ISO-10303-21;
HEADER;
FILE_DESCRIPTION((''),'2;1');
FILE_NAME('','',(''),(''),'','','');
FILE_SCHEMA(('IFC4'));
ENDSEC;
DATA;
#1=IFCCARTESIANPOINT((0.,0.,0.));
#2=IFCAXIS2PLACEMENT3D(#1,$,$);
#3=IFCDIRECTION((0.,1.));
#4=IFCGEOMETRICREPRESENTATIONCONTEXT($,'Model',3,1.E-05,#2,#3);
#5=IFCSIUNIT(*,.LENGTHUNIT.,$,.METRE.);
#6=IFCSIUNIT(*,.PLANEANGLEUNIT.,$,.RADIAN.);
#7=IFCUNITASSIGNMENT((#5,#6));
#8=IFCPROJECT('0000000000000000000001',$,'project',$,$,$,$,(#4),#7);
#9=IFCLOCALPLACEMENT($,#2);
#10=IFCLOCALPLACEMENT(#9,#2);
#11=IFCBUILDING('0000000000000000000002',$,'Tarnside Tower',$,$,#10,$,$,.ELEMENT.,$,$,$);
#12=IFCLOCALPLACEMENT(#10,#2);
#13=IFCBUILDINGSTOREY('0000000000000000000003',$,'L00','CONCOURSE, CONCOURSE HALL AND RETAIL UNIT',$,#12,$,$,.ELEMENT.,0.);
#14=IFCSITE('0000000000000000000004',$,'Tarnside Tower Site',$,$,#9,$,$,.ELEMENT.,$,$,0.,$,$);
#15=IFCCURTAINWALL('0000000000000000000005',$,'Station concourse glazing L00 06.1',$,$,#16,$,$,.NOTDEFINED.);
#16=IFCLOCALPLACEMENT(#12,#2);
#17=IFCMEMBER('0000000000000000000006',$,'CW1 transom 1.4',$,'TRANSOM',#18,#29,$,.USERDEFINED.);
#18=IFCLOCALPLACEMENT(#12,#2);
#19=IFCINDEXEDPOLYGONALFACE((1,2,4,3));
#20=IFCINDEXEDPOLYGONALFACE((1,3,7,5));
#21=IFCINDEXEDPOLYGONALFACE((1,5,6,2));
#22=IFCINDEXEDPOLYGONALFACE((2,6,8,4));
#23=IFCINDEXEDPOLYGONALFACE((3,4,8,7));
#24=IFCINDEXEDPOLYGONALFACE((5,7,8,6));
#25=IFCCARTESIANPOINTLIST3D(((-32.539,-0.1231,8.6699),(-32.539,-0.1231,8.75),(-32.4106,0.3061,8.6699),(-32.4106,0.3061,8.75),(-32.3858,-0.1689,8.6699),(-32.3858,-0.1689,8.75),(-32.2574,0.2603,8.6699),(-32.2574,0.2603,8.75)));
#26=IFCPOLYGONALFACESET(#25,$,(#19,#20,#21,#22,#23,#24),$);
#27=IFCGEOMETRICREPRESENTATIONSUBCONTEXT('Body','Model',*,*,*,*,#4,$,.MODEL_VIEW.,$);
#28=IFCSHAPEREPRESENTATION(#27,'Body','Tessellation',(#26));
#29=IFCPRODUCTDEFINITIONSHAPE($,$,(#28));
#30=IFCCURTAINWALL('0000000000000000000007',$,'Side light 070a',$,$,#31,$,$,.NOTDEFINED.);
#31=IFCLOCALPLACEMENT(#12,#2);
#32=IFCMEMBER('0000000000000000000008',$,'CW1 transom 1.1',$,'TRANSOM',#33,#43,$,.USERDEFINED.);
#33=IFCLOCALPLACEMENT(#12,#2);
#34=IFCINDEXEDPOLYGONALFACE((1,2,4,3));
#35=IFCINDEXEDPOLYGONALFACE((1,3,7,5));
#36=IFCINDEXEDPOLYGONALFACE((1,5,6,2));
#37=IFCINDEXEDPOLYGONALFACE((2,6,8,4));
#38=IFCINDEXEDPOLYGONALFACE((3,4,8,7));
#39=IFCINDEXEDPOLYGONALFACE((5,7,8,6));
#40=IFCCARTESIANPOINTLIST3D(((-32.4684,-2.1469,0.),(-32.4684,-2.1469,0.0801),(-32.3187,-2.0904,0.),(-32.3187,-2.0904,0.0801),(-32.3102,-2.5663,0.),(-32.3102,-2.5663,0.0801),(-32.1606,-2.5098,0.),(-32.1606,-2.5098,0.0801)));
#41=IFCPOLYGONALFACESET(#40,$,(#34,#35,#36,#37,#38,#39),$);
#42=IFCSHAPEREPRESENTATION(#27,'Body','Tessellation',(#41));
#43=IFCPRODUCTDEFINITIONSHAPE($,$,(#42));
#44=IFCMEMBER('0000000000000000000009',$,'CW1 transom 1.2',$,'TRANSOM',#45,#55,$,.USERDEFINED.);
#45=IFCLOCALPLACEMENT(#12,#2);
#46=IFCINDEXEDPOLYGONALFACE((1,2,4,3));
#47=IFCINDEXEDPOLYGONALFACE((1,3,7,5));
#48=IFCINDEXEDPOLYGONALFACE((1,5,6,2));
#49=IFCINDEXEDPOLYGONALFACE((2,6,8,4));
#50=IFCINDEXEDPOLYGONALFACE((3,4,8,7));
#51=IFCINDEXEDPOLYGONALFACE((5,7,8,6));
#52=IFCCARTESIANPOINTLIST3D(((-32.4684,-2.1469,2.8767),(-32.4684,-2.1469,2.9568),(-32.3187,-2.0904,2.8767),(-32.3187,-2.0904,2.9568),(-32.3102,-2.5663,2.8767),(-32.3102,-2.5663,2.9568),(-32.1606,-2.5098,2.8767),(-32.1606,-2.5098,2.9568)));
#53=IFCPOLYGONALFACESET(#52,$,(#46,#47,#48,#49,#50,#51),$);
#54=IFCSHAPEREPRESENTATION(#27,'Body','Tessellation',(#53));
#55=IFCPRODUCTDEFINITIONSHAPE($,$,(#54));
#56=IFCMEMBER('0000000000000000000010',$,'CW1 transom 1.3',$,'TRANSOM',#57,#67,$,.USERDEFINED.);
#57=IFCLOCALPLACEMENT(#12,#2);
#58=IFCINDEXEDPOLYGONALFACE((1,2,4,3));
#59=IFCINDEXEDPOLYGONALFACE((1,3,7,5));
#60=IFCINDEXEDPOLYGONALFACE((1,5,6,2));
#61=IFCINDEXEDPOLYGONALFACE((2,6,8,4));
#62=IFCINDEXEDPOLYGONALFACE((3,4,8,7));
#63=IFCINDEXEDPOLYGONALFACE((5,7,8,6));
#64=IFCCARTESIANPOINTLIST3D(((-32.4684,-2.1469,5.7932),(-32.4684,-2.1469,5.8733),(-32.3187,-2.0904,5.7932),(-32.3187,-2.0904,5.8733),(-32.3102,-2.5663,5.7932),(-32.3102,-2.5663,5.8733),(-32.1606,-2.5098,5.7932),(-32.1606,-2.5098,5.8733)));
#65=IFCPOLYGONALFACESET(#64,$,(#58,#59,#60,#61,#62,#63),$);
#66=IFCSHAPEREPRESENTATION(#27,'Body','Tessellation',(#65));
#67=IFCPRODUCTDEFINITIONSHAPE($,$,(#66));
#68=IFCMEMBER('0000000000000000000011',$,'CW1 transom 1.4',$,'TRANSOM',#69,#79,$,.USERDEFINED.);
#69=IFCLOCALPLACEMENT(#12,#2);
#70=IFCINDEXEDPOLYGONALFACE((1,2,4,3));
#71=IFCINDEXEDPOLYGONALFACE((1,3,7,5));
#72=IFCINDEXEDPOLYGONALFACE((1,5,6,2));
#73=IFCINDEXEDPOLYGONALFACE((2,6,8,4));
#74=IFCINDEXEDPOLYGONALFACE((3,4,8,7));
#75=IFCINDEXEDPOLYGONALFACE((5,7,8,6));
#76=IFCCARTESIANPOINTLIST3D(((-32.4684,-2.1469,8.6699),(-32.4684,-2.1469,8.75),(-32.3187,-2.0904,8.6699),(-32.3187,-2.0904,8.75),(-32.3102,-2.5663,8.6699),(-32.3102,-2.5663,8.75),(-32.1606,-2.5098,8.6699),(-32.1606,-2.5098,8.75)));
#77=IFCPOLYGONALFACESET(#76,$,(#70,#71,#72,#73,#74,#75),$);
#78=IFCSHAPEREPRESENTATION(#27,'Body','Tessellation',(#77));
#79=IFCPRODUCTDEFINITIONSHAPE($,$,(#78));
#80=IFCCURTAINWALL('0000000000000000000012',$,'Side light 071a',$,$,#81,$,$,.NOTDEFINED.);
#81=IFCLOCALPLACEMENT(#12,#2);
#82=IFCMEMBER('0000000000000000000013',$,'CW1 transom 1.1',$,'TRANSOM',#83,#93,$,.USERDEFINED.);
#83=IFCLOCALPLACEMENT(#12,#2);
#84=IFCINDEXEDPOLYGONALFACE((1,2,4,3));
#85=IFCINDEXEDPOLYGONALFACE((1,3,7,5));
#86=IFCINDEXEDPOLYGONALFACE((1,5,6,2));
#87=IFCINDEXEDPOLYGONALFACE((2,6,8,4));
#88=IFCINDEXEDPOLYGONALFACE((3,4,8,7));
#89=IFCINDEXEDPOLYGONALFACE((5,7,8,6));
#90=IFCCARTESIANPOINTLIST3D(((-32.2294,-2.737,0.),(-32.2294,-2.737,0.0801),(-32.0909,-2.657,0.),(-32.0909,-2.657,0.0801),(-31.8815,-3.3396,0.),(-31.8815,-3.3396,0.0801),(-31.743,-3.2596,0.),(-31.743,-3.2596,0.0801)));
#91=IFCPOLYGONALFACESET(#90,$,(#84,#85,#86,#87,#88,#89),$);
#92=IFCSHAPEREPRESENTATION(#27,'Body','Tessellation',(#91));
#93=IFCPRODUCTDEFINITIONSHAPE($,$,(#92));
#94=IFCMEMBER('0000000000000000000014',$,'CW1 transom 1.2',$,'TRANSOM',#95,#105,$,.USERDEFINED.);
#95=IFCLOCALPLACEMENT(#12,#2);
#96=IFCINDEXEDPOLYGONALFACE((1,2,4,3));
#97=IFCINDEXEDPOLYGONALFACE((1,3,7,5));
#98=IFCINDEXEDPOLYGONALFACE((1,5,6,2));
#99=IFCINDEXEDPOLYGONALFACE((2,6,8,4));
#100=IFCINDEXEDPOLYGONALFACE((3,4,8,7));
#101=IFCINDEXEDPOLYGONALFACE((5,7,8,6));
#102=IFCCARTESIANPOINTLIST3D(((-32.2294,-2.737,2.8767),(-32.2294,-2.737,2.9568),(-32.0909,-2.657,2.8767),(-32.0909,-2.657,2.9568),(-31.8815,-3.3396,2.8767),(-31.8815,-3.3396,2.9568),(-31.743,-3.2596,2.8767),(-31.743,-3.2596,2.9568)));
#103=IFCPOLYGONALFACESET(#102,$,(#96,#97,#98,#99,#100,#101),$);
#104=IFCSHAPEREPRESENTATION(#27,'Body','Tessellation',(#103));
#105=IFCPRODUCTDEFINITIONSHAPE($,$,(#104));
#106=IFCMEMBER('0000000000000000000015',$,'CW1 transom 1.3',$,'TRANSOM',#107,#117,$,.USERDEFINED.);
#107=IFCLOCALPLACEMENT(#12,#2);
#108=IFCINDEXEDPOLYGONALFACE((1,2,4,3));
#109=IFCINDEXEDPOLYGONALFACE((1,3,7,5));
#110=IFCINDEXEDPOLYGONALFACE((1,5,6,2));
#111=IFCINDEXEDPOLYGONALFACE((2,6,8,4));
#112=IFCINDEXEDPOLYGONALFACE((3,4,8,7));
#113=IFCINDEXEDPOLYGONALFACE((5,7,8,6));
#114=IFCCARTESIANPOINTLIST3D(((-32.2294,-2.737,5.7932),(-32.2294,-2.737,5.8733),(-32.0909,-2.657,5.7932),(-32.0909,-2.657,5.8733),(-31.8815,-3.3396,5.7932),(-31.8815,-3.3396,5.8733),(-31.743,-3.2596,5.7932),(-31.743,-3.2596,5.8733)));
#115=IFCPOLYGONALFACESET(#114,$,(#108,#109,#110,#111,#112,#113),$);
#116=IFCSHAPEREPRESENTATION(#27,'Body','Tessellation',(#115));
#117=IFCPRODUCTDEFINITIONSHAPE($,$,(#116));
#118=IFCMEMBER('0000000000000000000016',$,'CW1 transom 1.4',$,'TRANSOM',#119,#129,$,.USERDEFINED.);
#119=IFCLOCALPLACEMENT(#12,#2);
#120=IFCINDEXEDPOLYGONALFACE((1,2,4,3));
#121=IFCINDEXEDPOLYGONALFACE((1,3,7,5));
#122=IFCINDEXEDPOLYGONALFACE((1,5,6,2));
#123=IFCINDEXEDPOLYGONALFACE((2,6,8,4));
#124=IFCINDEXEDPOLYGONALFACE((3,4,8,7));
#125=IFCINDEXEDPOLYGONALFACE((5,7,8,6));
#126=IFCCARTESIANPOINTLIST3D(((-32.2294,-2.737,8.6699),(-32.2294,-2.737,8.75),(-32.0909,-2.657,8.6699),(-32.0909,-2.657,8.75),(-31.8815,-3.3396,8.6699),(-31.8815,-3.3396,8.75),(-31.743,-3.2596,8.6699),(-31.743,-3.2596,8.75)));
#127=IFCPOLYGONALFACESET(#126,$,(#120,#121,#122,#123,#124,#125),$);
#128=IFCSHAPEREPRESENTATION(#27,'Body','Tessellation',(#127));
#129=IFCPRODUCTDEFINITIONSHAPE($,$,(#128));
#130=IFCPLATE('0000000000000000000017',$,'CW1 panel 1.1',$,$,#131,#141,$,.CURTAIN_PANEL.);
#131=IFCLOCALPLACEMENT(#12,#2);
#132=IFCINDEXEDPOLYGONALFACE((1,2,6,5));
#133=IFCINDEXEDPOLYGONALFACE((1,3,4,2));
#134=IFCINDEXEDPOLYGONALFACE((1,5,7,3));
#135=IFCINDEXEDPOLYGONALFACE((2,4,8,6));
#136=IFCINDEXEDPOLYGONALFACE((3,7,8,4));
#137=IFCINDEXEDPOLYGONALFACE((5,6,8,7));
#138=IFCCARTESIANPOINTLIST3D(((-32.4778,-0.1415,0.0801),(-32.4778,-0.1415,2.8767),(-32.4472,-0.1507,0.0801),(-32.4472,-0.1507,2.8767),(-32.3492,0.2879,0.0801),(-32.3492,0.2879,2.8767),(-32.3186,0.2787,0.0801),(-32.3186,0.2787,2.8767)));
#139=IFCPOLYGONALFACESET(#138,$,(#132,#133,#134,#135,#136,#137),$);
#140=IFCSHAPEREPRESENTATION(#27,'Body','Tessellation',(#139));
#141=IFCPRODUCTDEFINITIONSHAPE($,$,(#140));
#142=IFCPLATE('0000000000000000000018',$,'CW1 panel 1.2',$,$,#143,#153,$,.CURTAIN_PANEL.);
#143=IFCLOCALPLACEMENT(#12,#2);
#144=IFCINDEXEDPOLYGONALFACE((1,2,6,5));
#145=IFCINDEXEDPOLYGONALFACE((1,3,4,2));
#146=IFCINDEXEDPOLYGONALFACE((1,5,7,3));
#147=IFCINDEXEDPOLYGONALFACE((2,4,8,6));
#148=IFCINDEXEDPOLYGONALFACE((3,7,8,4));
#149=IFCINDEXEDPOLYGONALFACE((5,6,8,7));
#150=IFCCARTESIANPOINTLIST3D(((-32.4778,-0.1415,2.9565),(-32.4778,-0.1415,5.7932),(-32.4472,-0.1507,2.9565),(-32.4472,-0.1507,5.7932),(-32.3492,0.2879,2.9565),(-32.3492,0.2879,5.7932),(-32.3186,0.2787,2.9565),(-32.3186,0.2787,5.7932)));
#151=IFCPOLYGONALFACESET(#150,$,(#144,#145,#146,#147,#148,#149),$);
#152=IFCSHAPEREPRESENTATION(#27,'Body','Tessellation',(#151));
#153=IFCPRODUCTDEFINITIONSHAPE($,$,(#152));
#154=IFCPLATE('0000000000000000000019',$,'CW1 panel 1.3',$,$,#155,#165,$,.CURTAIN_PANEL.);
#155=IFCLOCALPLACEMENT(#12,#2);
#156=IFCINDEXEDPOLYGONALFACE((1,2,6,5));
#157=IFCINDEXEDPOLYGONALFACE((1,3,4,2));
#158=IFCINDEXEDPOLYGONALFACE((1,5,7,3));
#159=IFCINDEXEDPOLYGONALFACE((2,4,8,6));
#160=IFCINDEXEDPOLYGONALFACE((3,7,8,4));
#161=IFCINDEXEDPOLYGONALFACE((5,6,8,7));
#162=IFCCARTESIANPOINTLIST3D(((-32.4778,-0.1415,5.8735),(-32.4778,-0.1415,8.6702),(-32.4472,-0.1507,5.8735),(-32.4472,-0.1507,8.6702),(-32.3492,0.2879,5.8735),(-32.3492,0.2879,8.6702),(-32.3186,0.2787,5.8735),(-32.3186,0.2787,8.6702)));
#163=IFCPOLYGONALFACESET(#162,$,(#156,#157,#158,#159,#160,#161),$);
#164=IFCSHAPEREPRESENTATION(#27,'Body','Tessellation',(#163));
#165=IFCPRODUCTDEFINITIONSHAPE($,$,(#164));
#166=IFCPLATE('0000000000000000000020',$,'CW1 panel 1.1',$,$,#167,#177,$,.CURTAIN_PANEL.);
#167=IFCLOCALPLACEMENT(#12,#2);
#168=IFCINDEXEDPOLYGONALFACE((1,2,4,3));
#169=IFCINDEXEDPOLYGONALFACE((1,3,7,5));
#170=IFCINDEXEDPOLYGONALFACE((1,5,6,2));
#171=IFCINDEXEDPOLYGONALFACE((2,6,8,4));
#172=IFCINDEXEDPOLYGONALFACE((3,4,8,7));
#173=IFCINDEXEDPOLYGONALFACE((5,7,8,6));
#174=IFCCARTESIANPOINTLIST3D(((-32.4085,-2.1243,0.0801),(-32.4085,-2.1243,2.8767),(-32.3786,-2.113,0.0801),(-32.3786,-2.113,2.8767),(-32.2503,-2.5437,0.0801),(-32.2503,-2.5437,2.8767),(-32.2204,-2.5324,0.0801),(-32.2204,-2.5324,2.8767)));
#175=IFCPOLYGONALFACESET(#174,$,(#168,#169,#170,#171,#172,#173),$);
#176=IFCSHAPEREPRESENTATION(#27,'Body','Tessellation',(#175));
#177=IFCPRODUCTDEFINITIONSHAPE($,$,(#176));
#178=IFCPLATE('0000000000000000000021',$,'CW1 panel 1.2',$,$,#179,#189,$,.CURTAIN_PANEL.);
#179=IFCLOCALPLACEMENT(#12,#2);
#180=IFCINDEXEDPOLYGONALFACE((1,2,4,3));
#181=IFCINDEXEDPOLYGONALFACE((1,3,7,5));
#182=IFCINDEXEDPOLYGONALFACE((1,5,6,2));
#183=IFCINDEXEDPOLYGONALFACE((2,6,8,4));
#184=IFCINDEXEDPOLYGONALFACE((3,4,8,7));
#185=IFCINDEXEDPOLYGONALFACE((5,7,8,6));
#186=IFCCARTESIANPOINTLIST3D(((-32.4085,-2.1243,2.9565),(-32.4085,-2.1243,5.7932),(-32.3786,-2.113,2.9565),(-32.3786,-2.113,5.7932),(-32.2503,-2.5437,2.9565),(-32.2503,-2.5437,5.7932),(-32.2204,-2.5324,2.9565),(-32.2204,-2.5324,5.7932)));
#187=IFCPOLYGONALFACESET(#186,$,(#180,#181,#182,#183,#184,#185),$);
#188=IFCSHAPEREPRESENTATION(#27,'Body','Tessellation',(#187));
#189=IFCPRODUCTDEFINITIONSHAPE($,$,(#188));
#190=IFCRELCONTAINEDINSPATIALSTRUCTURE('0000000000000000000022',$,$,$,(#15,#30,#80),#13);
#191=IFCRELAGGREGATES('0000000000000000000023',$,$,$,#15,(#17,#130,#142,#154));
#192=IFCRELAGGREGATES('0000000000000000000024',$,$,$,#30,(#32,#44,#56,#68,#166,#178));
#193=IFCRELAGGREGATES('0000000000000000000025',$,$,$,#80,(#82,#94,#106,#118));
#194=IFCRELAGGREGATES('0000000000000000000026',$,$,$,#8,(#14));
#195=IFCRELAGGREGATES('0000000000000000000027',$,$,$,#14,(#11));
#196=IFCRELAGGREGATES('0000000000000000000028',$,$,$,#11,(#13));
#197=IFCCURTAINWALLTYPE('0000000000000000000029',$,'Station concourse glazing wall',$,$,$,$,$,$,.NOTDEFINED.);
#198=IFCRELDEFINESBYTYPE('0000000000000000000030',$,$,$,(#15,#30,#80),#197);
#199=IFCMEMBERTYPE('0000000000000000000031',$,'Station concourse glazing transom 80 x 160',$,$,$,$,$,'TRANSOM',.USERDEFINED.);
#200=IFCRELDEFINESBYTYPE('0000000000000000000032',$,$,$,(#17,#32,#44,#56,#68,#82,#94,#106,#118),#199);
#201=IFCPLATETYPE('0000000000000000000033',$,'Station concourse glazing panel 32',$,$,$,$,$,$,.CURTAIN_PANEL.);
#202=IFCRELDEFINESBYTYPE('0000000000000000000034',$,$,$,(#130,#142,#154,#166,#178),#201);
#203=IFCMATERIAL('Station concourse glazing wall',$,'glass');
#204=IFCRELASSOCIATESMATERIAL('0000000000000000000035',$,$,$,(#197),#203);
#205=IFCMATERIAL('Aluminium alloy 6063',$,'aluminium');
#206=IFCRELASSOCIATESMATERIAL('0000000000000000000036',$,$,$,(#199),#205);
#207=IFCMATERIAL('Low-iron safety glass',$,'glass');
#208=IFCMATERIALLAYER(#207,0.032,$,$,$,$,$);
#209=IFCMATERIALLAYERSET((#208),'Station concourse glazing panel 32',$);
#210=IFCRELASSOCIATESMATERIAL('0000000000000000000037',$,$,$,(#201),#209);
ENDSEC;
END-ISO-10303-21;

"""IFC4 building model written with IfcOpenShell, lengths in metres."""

from ifc_helpers import new_model, si_unit, direction, frame, origin, origin_2d, place, context, subcontext, project, spatial, rectangle, extrude, material, layer, layer_set, material_profile, profile_set, type_object, element, aggregate, save


model = new_model("IFC4")

# Units and contexts
model_context = context("Model", 3, precision=1e-05, world=origin(), true_north=direction((0.0, 1.0)))
body_context = subcontext(model_context, "Body", "Model", "MODEL_VIEW")
ifc_project = project(units=[si_unit("LENGTHUNIT", "METRE"), si_unit("PLANEANGLEUNIT", "RADIAN")], contexts=[model_context])

# Site, building, storey
site_placement = place(None, origin())
site = spatial("IfcSite", under=ifc_project, at=site_placement, Name="Tarnside Tower Site", CompositionType="ELEMENT", RefElevation=0.0)
building_placement = place(site_placement, origin())
building = spatial("IfcBuilding", under=site, at=building_placement, Name="Tarnside Tower", CompositionType="ELEMENT")
storey_placement = place(building_placement, origin())
storey = spatial("IfcBuildingStorey", under=building, at=storey_placement, Name="L00", Description="CONCOURSE, CONCOURSE HALL AND RETAIL UNIT", CompositionType="ELEMENT", Elevation=0.0)

# Curtain walls, members
ifc_material_1 = material(Name="Station concourse glazing wall", Category="glass")
curtain_wall_type = type_object("IfcCurtainWallType", Name="Station concourse glazing wall", PredefinedType="NOTDEFINED", material=ifc_material_1)
curtain_wall_1_placement = place(storey_placement, origin())
curtain_wall_1 = element("IfcCurtainWall", 1, at=curtain_wall_1_placement, inside=storey, type_object=curtain_wall_type, Name="Station concourse glazing L00 06.1", PredefinedType="NOTDEFINED")
ifc_material_2 = material(Name="Aluminium alloy 6063", Category="aluminium")
ifc_material_profile_1 = material_profile(ifc_material_2, rectangle(XDim=0.1599, YDim=0.0801, at=origin_2d()), Name="Station concourse glazing transom 80 x 160")
ifc_profile_set_1 = profile_set([ifc_material_profile_1], Name="Aluminium alloy 6063")
member_type = type_object("IfcMemberType", Name="Station concourse glazing transom 80 x 160", ElementType="TRANSOM", PredefinedType="USERDEFINED", material=ifc_profile_set_1)
member_1_placement = place(storey_placement, frame((-32.334, 0.2832, 8.71), z_axis=(-0.286648, -0.958036, 0.0), x_axis=(0.958036, -0.286648, 0.0)))
member_1 = element("IfcMember", 2, at=member_1_placement, type_object=member_type, Name="CW1 transom 1.4", ObjectType="TRANSOM", PredefinedType="USERDEFINED", context=body_context, shape_type="SweptSolid", body=[
    extrude(rectangle(XDim=0.1599, YDim=0.0801, at=origin_2d()), origin(), (0.0, 0.0, 1.0), 0.448),
])
curtain_wall_2_placement = place(storey_placement, origin())
curtain_wall_2 = element("IfcCurtainWall", 3, at=curtain_wall_2_placement, inside=storey, type_object=curtain_wall_type, Name="Side light 070a", PredefinedType="NOTDEFINED")
member_2_placement = place(storey_placement, frame((-32.3936, -2.1187, 0.04), z_axis=(0.352913, -0.935656, 0.0), x_axis=(0.935656, 0.352913, 0.0)))
member_2 = element("IfcMember", 4, at=member_2_placement, type_object=member_type, Name="CW1 transom 1.1", ObjectType="TRANSOM", PredefinedType="USERDEFINED", context=body_context, shape_type="SweptSolid", body=[
    extrude(rectangle(XDim=0.1599, YDim=0.0801, at=origin_2d()), origin(), (0.0, 0.0, 1.0), 0.4482),
])
member_3_placement = place(storey_placement, frame((-32.3936, -2.1187, 2.9167), z_axis=(0.352913, -0.935656, 0.0), x_axis=(0.935656, 0.352913, 0.0)))
member_3 = element("IfcMember", 5, at=member_3_placement, type_object=member_type, Name="CW1 transom 1.2", ObjectType="TRANSOM", PredefinedType="USERDEFINED", context=body_context, shape_type="SweptSolid", body=[
    extrude(rectangle(XDim=0.1599, YDim=0.0801, at=origin_2d()), origin(), (0.0, 0.0, 1.0), 0.4482),
])
member_4_placement = place(storey_placement, frame((-32.3936, -2.1187, 5.8333), z_axis=(0.352913, -0.935656, 0.0), x_axis=(0.935656, 0.352913, 0.0)))
member_4 = element("IfcMember", 6, at=member_4_placement, type_object=member_type, Name="CW1 transom 1.3", ObjectType="TRANSOM", PredefinedType="USERDEFINED", context=body_context, shape_type="SweptSolid", body=[
    extrude(rectangle(XDim=0.1599, YDim=0.0801, at=origin_2d()), origin(), (0.0, 0.0, 1.0), 0.4482),
])
member_5_placement = place(storey_placement, frame((-32.3936, -2.1187, 8.71), z_axis=(0.352913, -0.935656, 0.0), x_axis=(0.935656, 0.352913, 0.0)))
member_5 = element("IfcMember", 7, at=member_5_placement, type_object=member_type, Name="CW1 transom 1.4", ObjectType="TRANSOM", PredefinedType="USERDEFINED", context=body_context, shape_type="SweptSolid", body=[
    extrude(rectangle(XDim=0.1599, YDim=0.0801, at=origin_2d()), origin(), (0.0, 0.0, 1.0), 0.4482),
])
curtain_wall_3_placement = place(storey_placement, origin())
curtain_wall_3 = element("IfcCurtainWall", 8, at=curtain_wall_3_placement, inside=storey, type_object=curtain_wall_type, Name="Side light 071a", PredefinedType="NOTDEFINED")
member_6_placement = place(storey_placement, frame((-32.1602, -2.697, 0.04), z_axis=(0.500026, -0.86601, 0.0), x_axis=(0.86601, 0.500026, 0.0)))
member_6 = element("IfcMember", 9, at=member_6_placement, type_object=member_type, Name="CW1 transom 1.1", ObjectType="TRANSOM", PredefinedType="USERDEFINED", context=body_context, shape_type="SweptSolid", body=[
    extrude(rectangle(XDim=0.1599, YDim=0.0801, at=origin_2d()), origin(), (0.0, 0.0, 1.0), 0.6958),
])
member_7_placement = place(storey_placement, frame((-32.1602, -2.697, 2.9167), z_axis=(0.500026, -0.86601, 0.0), x_axis=(0.86601, 0.500026, 0.0)))
member_7 = element("IfcMember", 10, at=member_7_placement, type_object=member_type, Name="CW1 transom 1.2", ObjectType="TRANSOM", PredefinedType="USERDEFINED", context=body_context, shape_type="SweptSolid", body=[
    extrude(rectangle(XDim=0.1599, YDim=0.0801, at=origin_2d()), origin(), (0.0, 0.0, 1.0), 0.6958),
])
member_8_placement = place(storey_placement, frame((-32.1602, -2.697, 5.8333), z_axis=(0.500026, -0.86601, 0.0), x_axis=(0.86601, 0.500026, 0.0)))
member_8 = element("IfcMember", 11, at=member_8_placement, type_object=member_type, Name="CW1 transom 1.3", ObjectType="TRANSOM", PredefinedType="USERDEFINED", context=body_context, shape_type="SweptSolid", body=[
    extrude(rectangle(XDim=0.1599, YDim=0.0801, at=origin_2d()), origin(), (0.0, 0.0, 1.0), 0.6958),
])
member_9_placement = place(storey_placement, frame((-32.1602, -2.697, 8.71), z_axis=(0.500026, -0.86601, 0.0), x_axis=(0.86601, 0.500026, 0.0)))
member_9 = element("IfcMember", 12, at=member_9_placement, type_object=member_type, Name="CW1 transom 1.4", ObjectType="TRANSOM", PredefinedType="USERDEFINED", context=body_context, shape_type="SweptSolid", body=[
    extrude(rectangle(XDim=0.1599, YDim=0.0801, at=origin_2d()), origin(), (0.0, 0.0, 1.0), 0.6958),
])

# Plates
ifc_material_3 = material(Name="Low-iron safety glass", Category="glass")
ifc_layer_1 = layer(ifc_material_3, 0.032)
ifc_layer_set_1 = layer_set([ifc_layer_1], Name="Station concourse glazing panel 32")
plate_type = type_object("IfcPlateType", Name="Station concourse glazing panel 32", PredefinedType="CURTAIN_PANEL", material=ifc_layer_set_1)
plate_1_placement = place(storey_placement, frame((-32.3982, 0.0686, 0.0801), z_axis=(0.0, 0.0, 1.0), x_axis=(-0.286803, -0.95799, 0.0)))
plate_1 = element("IfcPlate", 13, at=plate_1_placement, type_object=plate_type, Name="CW1 panel 1.1", PredefinedType="CURTAIN_PANEL", context=body_context, shape_type="SweptSolid", body=[
    extrude(rectangle(XDim=0.4482, YDim=0.032, at=origin_2d()), origin(), (0.0, 0.0, 1.0), 2.7966),
])
plate_2_placement = place(storey_placement, frame((-32.3982, 0.0686, 2.9565), z_axis=(0.0, 0.0, 1.0), x_axis=(-0.286803, -0.95799, 0.0)))
plate_2 = element("IfcPlate", 14, at=plate_2_placement, type_object=plate_type, Name="CW1 panel 1.2", PredefinedType="CURTAIN_PANEL", context=body_context, shape_type="SweptSolid", body=[
    extrude(rectangle(XDim=0.4482, YDim=0.032, at=origin_2d()), origin(), (0.0, 0.0, 1.0), 2.8367),
])
plate_3_placement = place(storey_placement, frame((-32.3982, 0.0686, 5.8735), z_axis=(0.0, 0.0, 1.0), x_axis=(-0.286803, -0.95799, 0.0)))
plate_3 = element("IfcPlate", 15, at=plate_3_placement, type_object=plate_type, Name="CW1 panel 1.3", PredefinedType="CURTAIN_PANEL", context=body_context, shape_type="SweptSolid", body=[
    extrude(rectangle(XDim=0.4482, YDim=0.032, at=origin_2d()), origin(), (0.0, 0.0, 1.0), 2.7966),
])
aggregate(curtain_wall_1, [member_1, plate_1, plate_2, plate_3])
plate_4_placement = place(storey_placement, frame((-32.3145, -2.3284, 0.0801), z_axis=(0.0, 0.0, 1.0), x_axis=(0.352931, -0.93565, 0.0)))
plate_4 = element("IfcPlate", 16, at=plate_4_placement, type_object=plate_type, Name="CW1 panel 1.1", PredefinedType="CURTAIN_PANEL", context=body_context, shape_type="SweptSolid", body=[
    extrude(rectangle(XDim=0.4482, YDim=0.032, at=origin_2d()), origin(), (0.0, 0.0, 1.0), 2.7966),
])
plate_5_placement = place(storey_placement, frame((-32.3145, -2.3284, 2.9565), z_axis=(0.0, 0.0, 1.0), x_axis=(0.352931, -0.93565, 0.0)))
plate_5 = element("IfcPlate", 17, at=plate_5_placement, type_object=plate_type, Name="CW1 panel 1.2", PredefinedType="CURTAIN_PANEL", context=body_context, shape_type="SweptSolid", body=[
    extrude(rectangle(XDim=0.4482, YDim=0.032, at=origin_2d()), origin(), (0.0, 0.0, 1.0), 2.8367),
])
aggregate(curtain_wall_2, [member_2, member_3, member_4, member_5, plate_4, plate_5])
aggregate(curtain_wall_3, [member_6, member_7, member_8, member_9])

save(model, "model.ifc")
